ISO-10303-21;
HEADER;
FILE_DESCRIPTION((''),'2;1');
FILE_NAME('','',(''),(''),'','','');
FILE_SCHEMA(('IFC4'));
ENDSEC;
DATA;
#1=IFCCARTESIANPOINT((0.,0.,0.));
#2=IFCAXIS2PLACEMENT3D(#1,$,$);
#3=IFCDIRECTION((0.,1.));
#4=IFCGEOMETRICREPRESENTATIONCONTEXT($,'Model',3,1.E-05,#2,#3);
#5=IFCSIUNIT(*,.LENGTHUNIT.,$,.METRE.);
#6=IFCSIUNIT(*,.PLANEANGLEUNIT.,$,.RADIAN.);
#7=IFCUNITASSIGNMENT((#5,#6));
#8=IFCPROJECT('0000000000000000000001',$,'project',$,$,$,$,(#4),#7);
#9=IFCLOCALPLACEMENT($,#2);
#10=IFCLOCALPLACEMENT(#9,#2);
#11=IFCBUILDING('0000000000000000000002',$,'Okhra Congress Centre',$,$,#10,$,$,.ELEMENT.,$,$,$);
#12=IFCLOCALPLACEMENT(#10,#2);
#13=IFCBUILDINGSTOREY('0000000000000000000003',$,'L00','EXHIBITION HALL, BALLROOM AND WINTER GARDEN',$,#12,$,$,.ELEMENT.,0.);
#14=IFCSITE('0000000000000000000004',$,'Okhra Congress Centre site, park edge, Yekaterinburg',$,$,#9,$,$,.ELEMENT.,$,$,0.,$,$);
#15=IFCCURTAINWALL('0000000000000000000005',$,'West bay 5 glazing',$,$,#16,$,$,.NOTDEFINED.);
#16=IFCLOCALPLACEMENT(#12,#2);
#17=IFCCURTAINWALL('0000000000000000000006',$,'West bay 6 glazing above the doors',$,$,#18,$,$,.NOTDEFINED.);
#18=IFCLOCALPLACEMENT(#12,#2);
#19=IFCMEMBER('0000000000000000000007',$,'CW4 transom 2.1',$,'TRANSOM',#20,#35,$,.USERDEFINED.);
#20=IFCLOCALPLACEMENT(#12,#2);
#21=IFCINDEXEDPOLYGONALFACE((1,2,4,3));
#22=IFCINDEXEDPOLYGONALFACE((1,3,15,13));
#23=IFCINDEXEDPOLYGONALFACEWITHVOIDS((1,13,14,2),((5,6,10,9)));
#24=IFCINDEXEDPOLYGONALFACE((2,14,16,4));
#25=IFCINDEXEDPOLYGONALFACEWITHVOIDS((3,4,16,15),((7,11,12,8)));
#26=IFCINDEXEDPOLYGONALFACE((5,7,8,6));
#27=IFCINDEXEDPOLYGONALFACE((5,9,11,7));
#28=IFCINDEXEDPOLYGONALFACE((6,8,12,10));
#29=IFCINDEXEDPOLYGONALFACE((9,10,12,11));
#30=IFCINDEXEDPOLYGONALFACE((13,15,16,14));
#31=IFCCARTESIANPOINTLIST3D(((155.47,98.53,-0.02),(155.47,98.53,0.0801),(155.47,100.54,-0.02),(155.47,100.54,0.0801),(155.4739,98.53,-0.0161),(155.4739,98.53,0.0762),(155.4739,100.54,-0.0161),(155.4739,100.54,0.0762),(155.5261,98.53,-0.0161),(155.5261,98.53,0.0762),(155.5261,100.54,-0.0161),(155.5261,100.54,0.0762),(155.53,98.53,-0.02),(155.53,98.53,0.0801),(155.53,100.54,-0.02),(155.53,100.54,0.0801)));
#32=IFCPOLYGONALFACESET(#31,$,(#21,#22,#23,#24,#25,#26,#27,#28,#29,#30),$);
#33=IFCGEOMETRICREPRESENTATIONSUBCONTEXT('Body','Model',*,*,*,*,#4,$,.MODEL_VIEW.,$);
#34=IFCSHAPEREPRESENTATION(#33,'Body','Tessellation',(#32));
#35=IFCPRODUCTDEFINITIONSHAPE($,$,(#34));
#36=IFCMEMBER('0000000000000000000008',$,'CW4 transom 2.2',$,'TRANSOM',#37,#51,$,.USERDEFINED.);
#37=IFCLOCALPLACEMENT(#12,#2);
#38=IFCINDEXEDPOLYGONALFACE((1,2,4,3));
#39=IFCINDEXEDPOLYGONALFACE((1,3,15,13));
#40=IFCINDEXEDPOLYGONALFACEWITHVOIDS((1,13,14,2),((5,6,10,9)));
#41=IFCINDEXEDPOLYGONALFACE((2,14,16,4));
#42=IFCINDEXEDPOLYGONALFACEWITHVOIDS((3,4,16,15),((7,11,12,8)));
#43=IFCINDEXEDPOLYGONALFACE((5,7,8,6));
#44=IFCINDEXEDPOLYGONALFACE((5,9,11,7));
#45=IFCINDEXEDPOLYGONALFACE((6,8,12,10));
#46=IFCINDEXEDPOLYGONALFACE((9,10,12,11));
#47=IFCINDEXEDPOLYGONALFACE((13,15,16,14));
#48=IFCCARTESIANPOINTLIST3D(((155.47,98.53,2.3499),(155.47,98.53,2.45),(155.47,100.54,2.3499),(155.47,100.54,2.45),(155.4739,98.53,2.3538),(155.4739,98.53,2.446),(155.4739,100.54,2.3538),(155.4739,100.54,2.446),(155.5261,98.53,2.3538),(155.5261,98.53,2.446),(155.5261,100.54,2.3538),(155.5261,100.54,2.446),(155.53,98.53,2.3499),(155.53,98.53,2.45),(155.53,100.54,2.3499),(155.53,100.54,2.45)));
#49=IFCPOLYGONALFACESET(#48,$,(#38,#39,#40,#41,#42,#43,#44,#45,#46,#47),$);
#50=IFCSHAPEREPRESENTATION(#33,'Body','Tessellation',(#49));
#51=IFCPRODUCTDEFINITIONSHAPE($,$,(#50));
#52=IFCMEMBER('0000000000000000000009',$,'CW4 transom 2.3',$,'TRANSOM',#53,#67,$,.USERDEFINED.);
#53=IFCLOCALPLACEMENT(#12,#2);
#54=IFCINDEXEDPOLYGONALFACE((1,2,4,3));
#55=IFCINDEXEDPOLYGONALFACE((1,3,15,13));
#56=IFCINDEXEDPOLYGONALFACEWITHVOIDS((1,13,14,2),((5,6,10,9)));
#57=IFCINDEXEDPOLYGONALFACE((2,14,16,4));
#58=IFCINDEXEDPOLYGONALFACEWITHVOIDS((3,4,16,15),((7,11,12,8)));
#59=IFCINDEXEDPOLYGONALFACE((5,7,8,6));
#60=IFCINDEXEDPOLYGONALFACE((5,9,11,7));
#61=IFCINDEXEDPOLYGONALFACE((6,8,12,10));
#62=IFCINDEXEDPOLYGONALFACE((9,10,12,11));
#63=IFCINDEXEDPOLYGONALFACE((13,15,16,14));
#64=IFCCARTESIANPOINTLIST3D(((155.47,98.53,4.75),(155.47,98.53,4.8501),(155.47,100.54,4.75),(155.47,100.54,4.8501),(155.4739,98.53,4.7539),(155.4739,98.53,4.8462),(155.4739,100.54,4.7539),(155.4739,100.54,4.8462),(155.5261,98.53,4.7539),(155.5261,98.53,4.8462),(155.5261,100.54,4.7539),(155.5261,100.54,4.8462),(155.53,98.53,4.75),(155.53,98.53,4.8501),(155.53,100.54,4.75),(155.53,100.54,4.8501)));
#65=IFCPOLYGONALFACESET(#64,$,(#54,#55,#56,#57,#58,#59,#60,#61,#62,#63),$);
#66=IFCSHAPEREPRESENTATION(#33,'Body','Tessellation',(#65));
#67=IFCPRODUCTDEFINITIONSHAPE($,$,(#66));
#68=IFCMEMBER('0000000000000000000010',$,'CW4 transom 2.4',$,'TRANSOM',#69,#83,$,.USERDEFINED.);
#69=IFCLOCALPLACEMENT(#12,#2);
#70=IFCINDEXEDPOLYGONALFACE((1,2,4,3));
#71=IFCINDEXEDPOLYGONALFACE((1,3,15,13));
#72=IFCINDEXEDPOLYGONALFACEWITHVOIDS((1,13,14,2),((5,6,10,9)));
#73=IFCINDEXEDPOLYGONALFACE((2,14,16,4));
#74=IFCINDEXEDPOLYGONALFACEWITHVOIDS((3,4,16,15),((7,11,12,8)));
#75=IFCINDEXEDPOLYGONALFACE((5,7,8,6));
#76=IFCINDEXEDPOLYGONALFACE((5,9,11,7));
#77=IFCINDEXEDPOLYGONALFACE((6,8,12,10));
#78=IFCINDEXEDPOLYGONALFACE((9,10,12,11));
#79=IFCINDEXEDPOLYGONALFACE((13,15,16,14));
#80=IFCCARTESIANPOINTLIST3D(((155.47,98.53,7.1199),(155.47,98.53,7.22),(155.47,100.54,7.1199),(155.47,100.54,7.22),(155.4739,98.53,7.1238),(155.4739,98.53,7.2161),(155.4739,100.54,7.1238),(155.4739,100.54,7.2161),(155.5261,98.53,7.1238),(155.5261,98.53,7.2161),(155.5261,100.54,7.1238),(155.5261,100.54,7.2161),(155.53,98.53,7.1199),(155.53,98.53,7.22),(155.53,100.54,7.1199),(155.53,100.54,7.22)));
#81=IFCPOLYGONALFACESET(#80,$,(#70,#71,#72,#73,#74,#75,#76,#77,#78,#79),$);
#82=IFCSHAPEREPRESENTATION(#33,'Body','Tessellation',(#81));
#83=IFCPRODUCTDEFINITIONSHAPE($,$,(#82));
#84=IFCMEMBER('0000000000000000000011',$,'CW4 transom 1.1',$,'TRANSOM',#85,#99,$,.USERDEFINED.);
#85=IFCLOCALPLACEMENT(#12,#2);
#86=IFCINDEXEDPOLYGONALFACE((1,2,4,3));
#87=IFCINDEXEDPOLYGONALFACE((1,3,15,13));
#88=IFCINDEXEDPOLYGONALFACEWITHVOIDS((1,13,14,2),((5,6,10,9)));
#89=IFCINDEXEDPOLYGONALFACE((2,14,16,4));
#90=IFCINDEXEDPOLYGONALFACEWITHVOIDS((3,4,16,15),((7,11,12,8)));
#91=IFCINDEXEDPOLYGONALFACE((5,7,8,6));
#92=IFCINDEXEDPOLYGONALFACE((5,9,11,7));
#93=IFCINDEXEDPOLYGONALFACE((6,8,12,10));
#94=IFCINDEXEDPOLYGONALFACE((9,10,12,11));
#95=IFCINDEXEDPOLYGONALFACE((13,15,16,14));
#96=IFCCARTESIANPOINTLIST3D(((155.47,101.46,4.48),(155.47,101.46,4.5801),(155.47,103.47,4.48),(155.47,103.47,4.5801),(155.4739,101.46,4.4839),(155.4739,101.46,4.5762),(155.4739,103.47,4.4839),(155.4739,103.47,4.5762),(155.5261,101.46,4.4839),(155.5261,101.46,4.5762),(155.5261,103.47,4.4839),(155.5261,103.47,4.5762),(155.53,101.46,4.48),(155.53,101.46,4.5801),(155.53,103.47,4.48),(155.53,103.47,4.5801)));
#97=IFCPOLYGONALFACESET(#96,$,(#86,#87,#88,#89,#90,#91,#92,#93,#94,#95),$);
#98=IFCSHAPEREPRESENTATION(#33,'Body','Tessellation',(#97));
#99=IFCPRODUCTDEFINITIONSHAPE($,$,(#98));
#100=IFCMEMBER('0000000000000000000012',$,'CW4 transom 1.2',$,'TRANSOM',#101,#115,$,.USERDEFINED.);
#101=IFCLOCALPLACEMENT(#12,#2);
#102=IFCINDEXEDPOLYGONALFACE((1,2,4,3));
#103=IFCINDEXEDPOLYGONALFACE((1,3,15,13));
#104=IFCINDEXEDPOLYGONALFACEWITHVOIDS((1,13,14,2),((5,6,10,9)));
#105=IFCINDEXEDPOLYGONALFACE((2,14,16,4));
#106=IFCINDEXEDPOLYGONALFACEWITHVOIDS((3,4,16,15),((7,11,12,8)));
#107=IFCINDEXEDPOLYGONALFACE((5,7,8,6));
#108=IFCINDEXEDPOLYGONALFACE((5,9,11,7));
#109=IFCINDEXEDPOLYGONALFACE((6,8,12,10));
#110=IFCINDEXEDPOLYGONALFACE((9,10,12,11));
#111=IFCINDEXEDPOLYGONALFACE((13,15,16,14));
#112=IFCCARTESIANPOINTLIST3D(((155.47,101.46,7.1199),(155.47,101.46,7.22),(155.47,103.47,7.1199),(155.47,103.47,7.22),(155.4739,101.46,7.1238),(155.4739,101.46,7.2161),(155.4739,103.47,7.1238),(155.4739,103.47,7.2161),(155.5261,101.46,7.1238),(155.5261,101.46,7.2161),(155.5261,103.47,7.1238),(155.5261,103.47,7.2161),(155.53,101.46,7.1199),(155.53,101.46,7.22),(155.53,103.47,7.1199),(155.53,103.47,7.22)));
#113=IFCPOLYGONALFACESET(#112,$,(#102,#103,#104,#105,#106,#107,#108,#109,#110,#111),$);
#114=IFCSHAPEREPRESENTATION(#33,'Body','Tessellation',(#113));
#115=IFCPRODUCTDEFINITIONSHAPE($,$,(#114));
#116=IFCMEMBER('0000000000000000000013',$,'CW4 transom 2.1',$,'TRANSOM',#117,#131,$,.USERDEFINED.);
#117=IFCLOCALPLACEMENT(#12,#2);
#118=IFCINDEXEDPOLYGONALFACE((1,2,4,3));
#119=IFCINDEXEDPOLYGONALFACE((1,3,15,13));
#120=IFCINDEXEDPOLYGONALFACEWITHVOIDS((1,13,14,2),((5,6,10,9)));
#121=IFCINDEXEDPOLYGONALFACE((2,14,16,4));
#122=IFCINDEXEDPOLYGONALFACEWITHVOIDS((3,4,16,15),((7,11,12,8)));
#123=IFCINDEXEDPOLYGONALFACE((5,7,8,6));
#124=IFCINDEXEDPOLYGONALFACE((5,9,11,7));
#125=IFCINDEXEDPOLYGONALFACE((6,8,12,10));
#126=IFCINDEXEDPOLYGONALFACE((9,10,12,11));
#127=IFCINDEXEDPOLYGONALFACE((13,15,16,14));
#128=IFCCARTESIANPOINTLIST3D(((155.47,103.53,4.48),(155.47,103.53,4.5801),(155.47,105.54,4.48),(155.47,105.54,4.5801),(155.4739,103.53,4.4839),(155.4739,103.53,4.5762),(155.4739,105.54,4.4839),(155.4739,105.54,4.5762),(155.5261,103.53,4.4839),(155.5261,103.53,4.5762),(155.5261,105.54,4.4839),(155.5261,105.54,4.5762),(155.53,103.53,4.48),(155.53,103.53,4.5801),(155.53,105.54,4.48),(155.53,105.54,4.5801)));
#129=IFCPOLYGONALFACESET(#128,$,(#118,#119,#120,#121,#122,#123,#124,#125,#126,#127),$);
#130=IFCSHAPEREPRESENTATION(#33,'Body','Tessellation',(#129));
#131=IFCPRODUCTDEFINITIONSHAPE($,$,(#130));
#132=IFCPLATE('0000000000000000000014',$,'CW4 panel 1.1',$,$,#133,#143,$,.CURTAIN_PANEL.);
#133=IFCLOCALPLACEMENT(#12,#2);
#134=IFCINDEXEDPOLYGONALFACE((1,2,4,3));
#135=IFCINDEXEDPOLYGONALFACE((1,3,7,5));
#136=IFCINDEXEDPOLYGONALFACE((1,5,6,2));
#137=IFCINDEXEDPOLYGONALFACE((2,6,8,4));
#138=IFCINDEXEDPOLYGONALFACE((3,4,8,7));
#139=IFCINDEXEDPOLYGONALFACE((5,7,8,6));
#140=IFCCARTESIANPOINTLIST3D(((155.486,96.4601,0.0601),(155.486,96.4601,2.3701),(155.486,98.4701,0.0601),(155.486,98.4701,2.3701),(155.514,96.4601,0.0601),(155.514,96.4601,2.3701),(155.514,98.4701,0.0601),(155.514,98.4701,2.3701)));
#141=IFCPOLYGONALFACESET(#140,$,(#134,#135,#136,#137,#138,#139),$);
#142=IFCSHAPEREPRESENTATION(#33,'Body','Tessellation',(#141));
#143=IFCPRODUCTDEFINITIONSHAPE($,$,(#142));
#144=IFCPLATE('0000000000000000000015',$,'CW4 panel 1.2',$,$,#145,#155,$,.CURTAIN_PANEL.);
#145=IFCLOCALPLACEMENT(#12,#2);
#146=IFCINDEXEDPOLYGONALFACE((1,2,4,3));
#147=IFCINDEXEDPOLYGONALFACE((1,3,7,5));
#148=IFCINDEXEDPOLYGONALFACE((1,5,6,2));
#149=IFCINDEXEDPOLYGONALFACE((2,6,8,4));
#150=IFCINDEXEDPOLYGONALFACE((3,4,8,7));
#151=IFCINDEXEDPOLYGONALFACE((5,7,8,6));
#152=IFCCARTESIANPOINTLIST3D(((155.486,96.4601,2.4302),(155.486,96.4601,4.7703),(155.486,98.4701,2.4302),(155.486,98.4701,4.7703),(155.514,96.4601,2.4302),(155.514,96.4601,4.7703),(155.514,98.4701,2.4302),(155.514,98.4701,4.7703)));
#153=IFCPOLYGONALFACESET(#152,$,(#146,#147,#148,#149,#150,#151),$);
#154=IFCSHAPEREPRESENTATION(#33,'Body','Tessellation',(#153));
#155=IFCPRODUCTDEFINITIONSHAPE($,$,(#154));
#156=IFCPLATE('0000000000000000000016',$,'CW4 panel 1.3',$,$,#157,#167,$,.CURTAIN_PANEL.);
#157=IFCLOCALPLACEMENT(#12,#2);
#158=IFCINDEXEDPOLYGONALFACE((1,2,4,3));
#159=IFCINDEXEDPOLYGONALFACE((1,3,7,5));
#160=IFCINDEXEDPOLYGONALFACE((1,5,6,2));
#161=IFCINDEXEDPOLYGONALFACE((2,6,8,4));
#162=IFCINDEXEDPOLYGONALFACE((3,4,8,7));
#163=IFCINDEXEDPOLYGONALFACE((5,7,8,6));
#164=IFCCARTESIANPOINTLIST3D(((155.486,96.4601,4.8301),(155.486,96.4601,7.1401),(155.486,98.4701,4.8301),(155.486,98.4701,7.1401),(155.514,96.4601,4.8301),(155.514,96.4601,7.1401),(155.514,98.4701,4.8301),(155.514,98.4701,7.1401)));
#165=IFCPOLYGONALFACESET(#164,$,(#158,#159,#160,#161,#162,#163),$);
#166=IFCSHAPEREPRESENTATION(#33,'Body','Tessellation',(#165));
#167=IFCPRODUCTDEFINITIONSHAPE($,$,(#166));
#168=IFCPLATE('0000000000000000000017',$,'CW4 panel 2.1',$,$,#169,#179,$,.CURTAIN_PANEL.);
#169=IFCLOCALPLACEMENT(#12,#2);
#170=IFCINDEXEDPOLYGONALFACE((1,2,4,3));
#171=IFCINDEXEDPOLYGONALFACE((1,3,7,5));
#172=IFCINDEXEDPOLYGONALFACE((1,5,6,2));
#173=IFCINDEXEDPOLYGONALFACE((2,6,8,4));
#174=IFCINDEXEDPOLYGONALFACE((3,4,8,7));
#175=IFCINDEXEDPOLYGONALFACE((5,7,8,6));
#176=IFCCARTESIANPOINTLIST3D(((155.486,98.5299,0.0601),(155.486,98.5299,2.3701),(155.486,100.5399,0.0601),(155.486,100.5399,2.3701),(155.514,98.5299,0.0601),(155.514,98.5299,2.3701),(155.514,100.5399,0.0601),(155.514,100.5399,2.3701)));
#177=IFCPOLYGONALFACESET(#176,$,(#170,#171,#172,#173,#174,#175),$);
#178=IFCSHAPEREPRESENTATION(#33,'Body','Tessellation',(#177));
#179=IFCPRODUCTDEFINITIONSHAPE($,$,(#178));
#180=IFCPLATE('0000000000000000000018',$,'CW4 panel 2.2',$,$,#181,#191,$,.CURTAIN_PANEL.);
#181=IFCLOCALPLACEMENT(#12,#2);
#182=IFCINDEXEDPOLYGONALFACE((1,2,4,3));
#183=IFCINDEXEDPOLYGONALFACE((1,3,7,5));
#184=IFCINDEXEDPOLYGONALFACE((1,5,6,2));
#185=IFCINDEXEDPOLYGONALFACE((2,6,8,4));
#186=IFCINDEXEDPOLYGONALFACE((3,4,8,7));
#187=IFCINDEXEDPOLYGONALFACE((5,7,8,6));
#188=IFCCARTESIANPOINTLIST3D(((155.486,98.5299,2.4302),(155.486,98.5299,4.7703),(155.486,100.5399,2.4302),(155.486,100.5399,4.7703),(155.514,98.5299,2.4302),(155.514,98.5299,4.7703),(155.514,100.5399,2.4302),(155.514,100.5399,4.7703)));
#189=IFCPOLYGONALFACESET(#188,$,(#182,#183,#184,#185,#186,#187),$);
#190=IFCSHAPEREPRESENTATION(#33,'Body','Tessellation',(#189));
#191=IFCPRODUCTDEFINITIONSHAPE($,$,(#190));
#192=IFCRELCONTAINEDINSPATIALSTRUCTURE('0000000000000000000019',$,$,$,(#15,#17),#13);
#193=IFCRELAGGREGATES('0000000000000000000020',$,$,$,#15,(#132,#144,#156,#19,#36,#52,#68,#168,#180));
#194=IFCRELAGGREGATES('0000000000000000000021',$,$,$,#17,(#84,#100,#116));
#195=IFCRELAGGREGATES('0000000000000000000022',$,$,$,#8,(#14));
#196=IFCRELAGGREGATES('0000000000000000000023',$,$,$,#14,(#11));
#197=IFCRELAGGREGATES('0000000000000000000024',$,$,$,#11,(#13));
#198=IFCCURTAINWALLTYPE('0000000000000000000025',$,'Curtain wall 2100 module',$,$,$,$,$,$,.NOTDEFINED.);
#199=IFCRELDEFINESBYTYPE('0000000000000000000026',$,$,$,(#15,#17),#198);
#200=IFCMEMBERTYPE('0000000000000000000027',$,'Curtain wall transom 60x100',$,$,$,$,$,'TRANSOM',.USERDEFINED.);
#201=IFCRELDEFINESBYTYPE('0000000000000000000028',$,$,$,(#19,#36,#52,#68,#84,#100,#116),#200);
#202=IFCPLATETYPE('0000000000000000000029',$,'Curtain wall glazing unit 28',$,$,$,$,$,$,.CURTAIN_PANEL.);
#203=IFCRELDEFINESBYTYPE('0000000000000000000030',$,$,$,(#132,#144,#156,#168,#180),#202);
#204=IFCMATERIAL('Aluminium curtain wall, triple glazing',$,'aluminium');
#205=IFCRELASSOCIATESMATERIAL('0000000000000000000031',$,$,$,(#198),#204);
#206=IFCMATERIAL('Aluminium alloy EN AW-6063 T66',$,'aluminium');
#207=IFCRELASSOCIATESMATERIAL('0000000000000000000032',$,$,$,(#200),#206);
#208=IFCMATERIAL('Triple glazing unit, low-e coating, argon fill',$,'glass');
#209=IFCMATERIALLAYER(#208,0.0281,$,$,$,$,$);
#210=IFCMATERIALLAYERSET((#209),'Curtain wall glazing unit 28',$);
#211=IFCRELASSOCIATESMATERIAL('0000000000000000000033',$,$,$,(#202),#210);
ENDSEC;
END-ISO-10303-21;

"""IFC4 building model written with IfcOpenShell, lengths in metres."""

from ifc_helpers import new_model, si_unit, direction, frame, origin, origin_2d, place, context, subcontext, project, spatial, rectangle, hollow_rectangle, extrude, material, layer, layer_set, material_profile, profile_set, type_object, element, aggregate, save


model = new_model("IFC4")

# Units and contexts
model_context = context("Model", 3, precision=1e-05, world=origin(), true_north=direction((0.0, 1.0)))
body_context = subcontext(model_context, "Body", "Model", "MODEL_VIEW")
ifc_project = project(units=[si_unit("LENGTHUNIT", "METRE"), si_unit("PLANEANGLEUNIT", "RADIAN")], contexts=[model_context])

# Site, building, storey
site_placement = place(None, origin())
site = spatial("IfcSite", under=ifc_project, at=site_placement, Name="Okhra Congress Centre site, park edge, Yekaterinburg", CompositionType="ELEMENT", RefElevation=0.0)
building_placement = place(site_placement, origin())
building = spatial("IfcBuilding", under=site, at=building_placement, Name="Okhra Congress Centre", CompositionType="ELEMENT")
storey_placement = place(building_placement, origin())
storey = spatial("IfcBuildingStorey", under=building, at=storey_placement, Name="L00", Description="EXHIBITION HALL, BALLROOM AND WINTER GARDEN", CompositionType="ELEMENT", Elevation=0.0)

# Curtain walls
ifc_material_1 = material(Name="Aluminium curtain wall, triple glazing", Category="aluminium")
curtain_wall_type = type_object("IfcCurtainWallType", Name="Curtain wall 2100 module", PredefinedType="NOTDEFINED", material=ifc_material_1)
curtain_wall_1_placement = place(storey_placement, origin())
curtain_wall_1 = element("IfcCurtainWall", 1, at=curtain_wall_1_placement, inside=storey, type_object=curtain_wall_type, Name="West bay 5 glazing", PredefinedType="NOTDEFINED")
ifc_material_2 = material(Name="Aluminium alloy EN AW-6063 T66", Category="aluminium")
curtain_wall_2_placement = place(storey_placement, origin())
curtain_wall_2 = element("IfcCurtainWall", 2, at=curtain_wall_2_placement, inside=storey, type_object=curtain_wall_type, Name="West bay 6 glazing above the doors", PredefinedType="NOTDEFINED")

# Members
ifc_material_profile_1 = material_profile(ifc_material_2, hollow_rectangle(XDim=0.0601, YDim=0.1001, WallThickness=0.0039, at=origin_2d()), Name="RHS 60x100x4")
ifc_profile_set_1 = profile_set([ifc_material_profile_1], Name="Aluminium alloy EN AW-6063 T66")
member_type_1 = type_object("IfcMemberType", Name="Curtain wall transom 60x100", ElementType="TRANSOM", PredefinedType="USERDEFINED", material=ifc_profile_set_1)
member_1_placement = place(storey_placement, frame((155.5, 98.53, 0.03), z_axis=(0.0, 1.0, 0.0), x_axis=(-1.0, 0.0, 0.0)))
member_1 = element("IfcMember", 3, at=member_1_placement, type_object=member_type_1, Name="CW4 transom 2.1", ObjectType="TRANSOM", PredefinedType="USERDEFINED", context=body_context, shape_type="SweptSolid", body=[
    extrude(hollow_rectangle(XDim=0.0601, YDim=0.1001, WallThickness=0.0039, at=origin_2d()), origin(), (0.0, 0.0, 1.0), 2.01),
])
member_2_placement = place(storey_placement, frame((155.5, 98.53, 2.3999), z_axis=(0.0, 1.0, 0.0), x_axis=(-1.0, 0.0, 0.0)))
member_2 = element("IfcMember", 4, at=member_2_placement, type_object=member_type_1, Name="CW4 transom 2.2", ObjectType="TRANSOM", PredefinedType="USERDEFINED", context=body_context, shape_type="SweptSolid", body=[
    extrude(hollow_rectangle(XDim=0.0601, YDim=0.1001, WallThickness=0.0039, at=origin_2d()), origin(), (0.0, 0.0, 1.0), 2.01),
])
member_3_placement = place(storey_placement, frame((155.5, 98.53, 4.8), z_axis=(0.0, 1.0, 0.0), x_axis=(-1.0, 0.0, 0.0)))
member_3 = element("IfcMember", 5, at=member_3_placement, type_object=member_type_1, Name="CW4 transom 2.3", ObjectType="TRANSOM", PredefinedType="USERDEFINED", context=body_context, shape_type="SweptSolid", body=[
    extrude(hollow_rectangle(XDim=0.0601, YDim=0.1001, WallThickness=0.0039, at=origin_2d()), origin(), (0.0, 0.0, 1.0), 2.01),
])
member_4_placement = place(storey_placement, frame((155.5, 98.53, 7.1699), z_axis=(0.0, 1.0, 0.0), x_axis=(-1.0, 0.0, 0.0)))
member_4 = element("IfcMember", 6, at=member_4_placement, type_object=member_type_1, Name="CW4 transom 2.4", ObjectType="TRANSOM", PredefinedType="USERDEFINED", context=body_context, shape_type="SweptSolid", body=[
    extrude(hollow_rectangle(XDim=0.0601, YDim=0.1001, WallThickness=0.0039, at=origin_2d()), origin(), (0.0, 0.0, 1.0), 2.01),
])
member_5_placement = place(storey_placement, frame((155.5, 101.46, 4.53), z_axis=(0.0, 1.0, 0.0), x_axis=(-1.0, 0.0, 0.0)))
member_5 = element("IfcMember", 7, at=member_5_placement, type_object=member_type_1, Name="CW4 transom 1.1", ObjectType="TRANSOM", PredefinedType="USERDEFINED", context=body_context, shape_type="SweptSolid", body=[
    extrude(hollow_rectangle(XDim=0.0601, YDim=0.1001, WallThickness=0.0039, at=origin_2d()), origin(), (0.0, 0.0, 1.0), 2.01),
])
member_6_placement = place(storey_placement, frame((155.5, 101.46, 7.1699), z_axis=(0.0, 1.0, 0.0), x_axis=(-1.0, 0.0, 0.0)))
member_6 = element("IfcMember", 8, at=member_6_placement, type_object=member_type_1, Name="CW4 transom 1.2", ObjectType="TRANSOM", PredefinedType="USERDEFINED", context=body_context, shape_type="SweptSolid", body=[
    extrude(hollow_rectangle(XDim=0.0601, YDim=0.1001, WallThickness=0.0039, at=origin_2d()), origin(), (0.0, 0.0, 1.0), 2.01),
])
member_7_placement = place(storey_placement, frame((155.5, 103.53, 4.53), z_axis=(0.0, 1.0, 0.0), x_axis=(-1.0, 0.0, 0.0)))
member_7 = element("IfcMember", 9, at=member_7_placement, type_object=member_type_1, Name="CW4 transom 2.1", ObjectType="TRANSOM", PredefinedType="USERDEFINED", context=body_context, shape_type="SweptSolid", body=[
    extrude(hollow_rectangle(XDim=0.0601, YDim=0.1001, WallThickness=0.0039, at=origin_2d()), origin(), (0.0, 0.0, 1.0), 2.01),
])

# Plates
ifc_material_3 = material(Name="Triple glazing unit, low-e coating, argon fill", Category="glass")
ifc_layer_1 = layer(ifc_material_3, 0.0281)
ifc_layer_set_1 = layer_set([ifc_layer_1], Name="Curtain wall glazing unit 28")
plate_type = type_object("IfcPlateType", Name="Curtain wall glazing unit 28", PredefinedType="CURTAIN_PANEL", material=ifc_layer_set_1)
plate_1_placement = place(storey_placement, frame((155.5, 97.4651, 0.0601), z_axis=(0.0, 0.0, 1.0), x_axis=(0.0, 1.0, 0.0)))
plate_1 = element("IfcPlate", 10, at=plate_1_placement, type_object=plate_type, Name="CW4 panel 1.1", PredefinedType="CURTAIN_PANEL", context=body_context, shape_type="SweptSolid", body=[
    extrude(rectangle(XDim=2.01, YDim=0.0281, at=origin_2d()), origin(), (0.0, 0.0, 1.0), 2.3101),
])
plate_2_placement = place(storey_placement, frame((155.5, 97.4651, 2.4302), z_axis=(0.0, 0.0, 1.0), x_axis=(0.0, 1.0, 0.0)))
plate_2 = element("IfcPlate", 11, at=plate_2_placement, type_object=plate_type, Name="CW4 panel 1.2", PredefinedType="CURTAIN_PANEL", context=body_context, shape_type="SweptSolid", body=[
    extrude(rectangle(XDim=2.01, YDim=0.0281, at=origin_2d()), origin(), (0.0, 0.0, 1.0), 2.3401),
])
plate_3_placement = place(storey_placement, frame((155.5, 97.4651, 4.8301), z_axis=(0.0, 0.0, 1.0), x_axis=(0.0, 1.0, 0.0)))
plate_3 = element("IfcPlate", 12, at=plate_3_placement, type_object=plate_type, Name="CW4 panel 1.3", PredefinedType="CURTAIN_PANEL", context=body_context, shape_type="SweptSolid", body=[
    extrude(rectangle(XDim=2.01, YDim=0.0281, at=origin_2d()), origin(), (0.0, 0.0, 1.0), 2.3101),
])
plate_4_placement = place(storey_placement, frame((155.5, 99.5349, 0.0601), z_axis=(0.0, 0.0, 1.0), x_axis=(0.0, 1.0, 0.0)))
plate_4 = element("IfcPlate", 13, at=plate_4_placement, type_object=plate_type, Name="CW4 panel 2.1", PredefinedType="CURTAIN_PANEL", context=body_context, shape_type="SweptSolid", body=[
    extrude(rectangle(XDim=2.01, YDim=0.0281, at=origin_2d()), origin(), (0.0, 0.0, 1.0), 2.3101),
])
plate_5_placement = place(storey_placement, frame((155.5, 99.5349, 2.4302), z_axis=(0.0, 0.0, 1.0), x_axis=(0.0, 1.0, 0.0)))
plate_5 = element("IfcPlate", 14, at=plate_5_placement, type_object=plate_type, Name="CW4 panel 2.2", PredefinedType="CURTAIN_PANEL", context=body_context, shape_type="SweptSolid", body=[
    extrude(rectangle(XDim=2.01, YDim=0.0281, at=origin_2d()), origin(), (0.0, 0.0, 1.0), 2.3401),
])
aggregate(curtain_wall_1, [plate_1, plate_2, plate_3, member_1, member_2, member_3, member_4, plate_4, plate_5])
aggregate(curtain_wall_2, [member_5, member_6, member_7])

save(model, "model.ifc")
